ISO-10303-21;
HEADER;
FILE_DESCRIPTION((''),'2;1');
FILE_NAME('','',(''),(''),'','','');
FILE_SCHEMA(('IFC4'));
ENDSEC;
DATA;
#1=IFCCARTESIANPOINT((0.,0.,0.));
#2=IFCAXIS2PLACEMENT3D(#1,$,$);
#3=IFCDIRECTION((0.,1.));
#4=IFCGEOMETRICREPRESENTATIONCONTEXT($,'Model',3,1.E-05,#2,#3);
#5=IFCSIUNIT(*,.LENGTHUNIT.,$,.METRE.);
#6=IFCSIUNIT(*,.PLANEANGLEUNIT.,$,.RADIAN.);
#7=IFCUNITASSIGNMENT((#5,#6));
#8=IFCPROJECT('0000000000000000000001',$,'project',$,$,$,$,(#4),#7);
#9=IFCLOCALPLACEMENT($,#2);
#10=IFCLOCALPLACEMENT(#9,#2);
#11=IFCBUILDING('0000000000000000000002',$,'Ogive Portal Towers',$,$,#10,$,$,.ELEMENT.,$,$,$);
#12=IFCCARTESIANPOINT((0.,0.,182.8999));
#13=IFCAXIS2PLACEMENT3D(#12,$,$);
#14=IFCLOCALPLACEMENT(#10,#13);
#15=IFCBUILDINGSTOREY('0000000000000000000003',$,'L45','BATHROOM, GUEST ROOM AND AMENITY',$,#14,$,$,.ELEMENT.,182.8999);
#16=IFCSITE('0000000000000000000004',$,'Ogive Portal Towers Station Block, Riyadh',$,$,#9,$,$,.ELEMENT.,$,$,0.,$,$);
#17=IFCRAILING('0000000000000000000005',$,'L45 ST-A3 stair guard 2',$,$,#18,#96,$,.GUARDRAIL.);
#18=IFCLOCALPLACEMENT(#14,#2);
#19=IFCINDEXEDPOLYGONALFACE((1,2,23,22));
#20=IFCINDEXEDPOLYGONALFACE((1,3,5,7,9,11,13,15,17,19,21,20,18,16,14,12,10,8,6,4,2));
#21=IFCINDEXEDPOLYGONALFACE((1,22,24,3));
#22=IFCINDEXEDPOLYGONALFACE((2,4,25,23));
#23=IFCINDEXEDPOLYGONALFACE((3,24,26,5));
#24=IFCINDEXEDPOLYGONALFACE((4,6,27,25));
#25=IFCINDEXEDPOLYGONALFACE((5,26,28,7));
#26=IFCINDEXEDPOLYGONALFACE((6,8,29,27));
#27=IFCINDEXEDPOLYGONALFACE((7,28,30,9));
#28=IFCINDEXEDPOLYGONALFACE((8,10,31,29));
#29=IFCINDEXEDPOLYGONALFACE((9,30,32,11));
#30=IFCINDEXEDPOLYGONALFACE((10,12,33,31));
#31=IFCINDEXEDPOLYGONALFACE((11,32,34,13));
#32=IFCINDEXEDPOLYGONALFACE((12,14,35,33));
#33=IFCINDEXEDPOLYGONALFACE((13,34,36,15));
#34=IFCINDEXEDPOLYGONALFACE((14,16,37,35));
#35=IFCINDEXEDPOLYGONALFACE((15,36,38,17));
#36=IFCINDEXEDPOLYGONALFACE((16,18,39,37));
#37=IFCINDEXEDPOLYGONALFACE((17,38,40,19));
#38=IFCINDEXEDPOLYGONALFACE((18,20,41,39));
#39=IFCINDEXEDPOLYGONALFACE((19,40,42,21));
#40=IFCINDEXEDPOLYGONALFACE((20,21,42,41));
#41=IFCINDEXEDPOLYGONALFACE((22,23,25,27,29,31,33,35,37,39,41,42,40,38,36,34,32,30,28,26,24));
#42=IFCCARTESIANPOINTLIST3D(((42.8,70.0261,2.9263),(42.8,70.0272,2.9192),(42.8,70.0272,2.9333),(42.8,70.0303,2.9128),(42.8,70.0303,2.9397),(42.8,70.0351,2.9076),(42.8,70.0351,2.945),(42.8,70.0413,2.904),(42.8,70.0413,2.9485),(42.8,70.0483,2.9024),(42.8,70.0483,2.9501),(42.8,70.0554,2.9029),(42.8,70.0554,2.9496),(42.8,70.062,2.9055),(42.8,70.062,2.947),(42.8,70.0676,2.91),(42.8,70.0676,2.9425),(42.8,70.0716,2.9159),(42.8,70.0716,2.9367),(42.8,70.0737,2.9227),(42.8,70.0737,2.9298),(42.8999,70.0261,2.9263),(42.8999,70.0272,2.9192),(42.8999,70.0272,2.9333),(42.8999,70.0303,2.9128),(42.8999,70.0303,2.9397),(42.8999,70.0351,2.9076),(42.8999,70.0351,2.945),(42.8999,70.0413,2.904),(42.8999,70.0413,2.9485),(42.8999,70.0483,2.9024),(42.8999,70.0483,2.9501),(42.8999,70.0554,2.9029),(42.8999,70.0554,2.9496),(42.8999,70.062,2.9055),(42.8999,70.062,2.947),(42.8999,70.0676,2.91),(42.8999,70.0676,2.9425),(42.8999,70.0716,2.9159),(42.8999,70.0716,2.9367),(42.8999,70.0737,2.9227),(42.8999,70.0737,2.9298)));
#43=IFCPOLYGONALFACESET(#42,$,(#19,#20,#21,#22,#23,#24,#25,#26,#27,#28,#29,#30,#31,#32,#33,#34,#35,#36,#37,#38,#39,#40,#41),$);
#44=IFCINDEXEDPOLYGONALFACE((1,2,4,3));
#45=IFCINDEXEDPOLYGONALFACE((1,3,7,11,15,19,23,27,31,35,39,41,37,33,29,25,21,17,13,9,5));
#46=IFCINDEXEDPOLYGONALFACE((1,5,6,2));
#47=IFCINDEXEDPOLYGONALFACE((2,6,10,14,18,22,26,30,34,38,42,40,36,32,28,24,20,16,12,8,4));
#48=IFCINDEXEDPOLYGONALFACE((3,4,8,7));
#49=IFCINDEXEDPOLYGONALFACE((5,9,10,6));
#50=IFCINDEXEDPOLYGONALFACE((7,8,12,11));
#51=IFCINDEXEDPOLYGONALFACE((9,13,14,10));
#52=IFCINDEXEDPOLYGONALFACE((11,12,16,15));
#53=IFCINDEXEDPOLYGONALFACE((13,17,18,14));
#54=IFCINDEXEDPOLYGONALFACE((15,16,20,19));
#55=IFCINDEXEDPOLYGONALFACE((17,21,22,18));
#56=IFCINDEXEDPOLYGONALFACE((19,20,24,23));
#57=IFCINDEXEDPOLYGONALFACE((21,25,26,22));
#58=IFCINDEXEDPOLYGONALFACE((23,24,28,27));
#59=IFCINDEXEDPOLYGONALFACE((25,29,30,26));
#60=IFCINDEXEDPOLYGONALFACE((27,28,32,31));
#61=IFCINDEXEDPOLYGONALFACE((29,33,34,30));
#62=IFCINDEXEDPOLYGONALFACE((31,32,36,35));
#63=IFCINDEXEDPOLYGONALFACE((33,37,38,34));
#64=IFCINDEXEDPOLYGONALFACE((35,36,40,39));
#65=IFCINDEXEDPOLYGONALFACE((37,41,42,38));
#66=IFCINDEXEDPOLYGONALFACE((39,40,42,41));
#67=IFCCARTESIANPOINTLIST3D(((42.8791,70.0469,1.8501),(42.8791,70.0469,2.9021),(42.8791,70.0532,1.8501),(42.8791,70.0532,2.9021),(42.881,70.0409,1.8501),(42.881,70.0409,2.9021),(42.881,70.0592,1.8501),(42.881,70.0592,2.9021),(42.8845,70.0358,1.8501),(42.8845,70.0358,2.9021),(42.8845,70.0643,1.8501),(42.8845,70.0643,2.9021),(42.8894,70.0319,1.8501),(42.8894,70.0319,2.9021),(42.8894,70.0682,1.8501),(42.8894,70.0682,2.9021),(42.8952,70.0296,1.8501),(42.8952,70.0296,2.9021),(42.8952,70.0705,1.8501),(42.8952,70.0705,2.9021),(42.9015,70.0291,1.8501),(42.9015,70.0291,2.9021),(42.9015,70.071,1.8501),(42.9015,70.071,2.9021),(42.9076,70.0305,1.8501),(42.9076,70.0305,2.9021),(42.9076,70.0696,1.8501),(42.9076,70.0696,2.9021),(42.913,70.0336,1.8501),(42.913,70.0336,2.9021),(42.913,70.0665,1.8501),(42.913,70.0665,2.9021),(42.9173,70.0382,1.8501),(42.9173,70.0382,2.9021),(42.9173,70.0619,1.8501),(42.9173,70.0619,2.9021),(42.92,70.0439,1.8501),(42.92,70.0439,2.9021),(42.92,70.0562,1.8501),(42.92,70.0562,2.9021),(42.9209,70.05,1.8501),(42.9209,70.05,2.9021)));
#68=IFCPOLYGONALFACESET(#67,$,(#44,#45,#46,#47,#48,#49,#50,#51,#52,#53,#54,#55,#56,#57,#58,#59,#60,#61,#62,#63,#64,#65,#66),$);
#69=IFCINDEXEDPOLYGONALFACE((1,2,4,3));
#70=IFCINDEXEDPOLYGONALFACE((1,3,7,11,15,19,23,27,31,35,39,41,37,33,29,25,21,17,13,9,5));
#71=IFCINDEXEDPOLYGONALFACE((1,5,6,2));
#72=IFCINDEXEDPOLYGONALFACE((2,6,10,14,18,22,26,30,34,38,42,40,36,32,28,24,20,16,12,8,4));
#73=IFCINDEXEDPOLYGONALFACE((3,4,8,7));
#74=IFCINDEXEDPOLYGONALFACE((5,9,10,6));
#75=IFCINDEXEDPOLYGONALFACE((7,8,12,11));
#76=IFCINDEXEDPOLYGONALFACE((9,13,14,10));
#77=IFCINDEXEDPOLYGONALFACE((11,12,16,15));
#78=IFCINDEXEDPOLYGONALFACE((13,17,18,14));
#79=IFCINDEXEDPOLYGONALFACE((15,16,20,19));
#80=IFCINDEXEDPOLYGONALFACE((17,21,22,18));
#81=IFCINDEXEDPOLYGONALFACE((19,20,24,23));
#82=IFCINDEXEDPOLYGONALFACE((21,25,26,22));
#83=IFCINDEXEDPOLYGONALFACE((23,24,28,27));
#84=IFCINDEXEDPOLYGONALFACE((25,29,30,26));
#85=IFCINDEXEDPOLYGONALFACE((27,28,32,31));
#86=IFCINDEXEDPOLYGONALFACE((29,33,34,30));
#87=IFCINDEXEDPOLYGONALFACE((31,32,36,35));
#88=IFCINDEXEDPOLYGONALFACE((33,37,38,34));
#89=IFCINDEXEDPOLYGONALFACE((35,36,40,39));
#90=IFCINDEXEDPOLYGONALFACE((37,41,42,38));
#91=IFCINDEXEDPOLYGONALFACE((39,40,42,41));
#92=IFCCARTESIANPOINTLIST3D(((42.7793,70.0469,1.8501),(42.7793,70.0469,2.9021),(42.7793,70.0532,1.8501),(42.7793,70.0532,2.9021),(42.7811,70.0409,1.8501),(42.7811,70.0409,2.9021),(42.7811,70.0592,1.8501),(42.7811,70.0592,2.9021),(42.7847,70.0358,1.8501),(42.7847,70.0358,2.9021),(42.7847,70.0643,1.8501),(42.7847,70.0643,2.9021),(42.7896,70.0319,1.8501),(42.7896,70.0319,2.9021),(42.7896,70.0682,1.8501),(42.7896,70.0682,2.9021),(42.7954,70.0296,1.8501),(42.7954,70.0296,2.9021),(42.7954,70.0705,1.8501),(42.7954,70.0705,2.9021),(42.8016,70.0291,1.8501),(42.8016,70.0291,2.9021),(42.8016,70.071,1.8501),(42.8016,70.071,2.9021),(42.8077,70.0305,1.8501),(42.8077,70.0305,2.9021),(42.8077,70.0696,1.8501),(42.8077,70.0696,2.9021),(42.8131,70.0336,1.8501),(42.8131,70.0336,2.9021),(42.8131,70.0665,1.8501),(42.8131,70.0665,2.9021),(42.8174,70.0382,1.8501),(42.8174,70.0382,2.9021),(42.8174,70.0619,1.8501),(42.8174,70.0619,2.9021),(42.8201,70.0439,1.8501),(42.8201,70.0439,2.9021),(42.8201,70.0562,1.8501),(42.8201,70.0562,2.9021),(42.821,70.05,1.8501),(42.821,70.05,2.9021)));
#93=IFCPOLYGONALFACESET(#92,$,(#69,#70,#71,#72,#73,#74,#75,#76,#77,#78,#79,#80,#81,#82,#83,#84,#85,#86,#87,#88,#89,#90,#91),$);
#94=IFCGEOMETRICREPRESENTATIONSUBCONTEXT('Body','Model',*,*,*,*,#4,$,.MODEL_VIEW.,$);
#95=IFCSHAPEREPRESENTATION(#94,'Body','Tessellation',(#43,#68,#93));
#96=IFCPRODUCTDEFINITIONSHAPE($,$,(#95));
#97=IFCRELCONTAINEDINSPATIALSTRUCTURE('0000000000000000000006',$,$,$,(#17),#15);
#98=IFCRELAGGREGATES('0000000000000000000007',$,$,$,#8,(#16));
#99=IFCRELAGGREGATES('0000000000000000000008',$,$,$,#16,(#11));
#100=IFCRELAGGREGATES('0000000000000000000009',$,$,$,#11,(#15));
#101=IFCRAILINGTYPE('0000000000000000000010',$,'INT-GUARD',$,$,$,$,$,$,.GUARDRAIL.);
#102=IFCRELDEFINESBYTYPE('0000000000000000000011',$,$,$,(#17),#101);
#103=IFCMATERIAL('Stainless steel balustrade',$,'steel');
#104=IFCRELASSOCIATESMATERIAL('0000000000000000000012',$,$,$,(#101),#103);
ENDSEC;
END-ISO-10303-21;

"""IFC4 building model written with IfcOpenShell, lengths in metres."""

from ifc_helpers import new_model, si_unit, direction, frame, origin, origin_2d, place, context, subcontext, project, spatial, circle, extrude, material, type_object, element, save


model = new_model("IFC4")

# Units and contexts
model_context = context("Model", 3, precision=1e-05, world=origin(), true_north=direction((0.0, 1.0)))
body_context = subcontext(model_context, "Body", "Model", "MODEL_VIEW")
ifc_project = project(units=[si_unit("LENGTHUNIT", "METRE"), si_unit("PLANEANGLEUNIT", "RADIAN")], contexts=[model_context])

# Site, building, storey
site_placement = place(None, origin())
site = spatial("IfcSite", under=ifc_project, at=site_placement, Name="Ogive Portal Towers Station Block, Riyadh", CompositionType="ELEMENT", RefElevation=0.0)
building_placement = place(site_placement, origin())
building = spatial("IfcBuilding", under=site, at=building_placement, Name="Ogive Portal Towers", CompositionType="ELEMENT")
storey_placement = place(building_placement, frame((0.0, 0.0, 182.8999)))
storey = spatial("IfcBuildingStorey", under=building, at=storey_placement, Name="L45", Description="BATHROOM, GUEST ROOM AND AMENITY", CompositionType="ELEMENT", Elevation=182.8999)

# Railing
ifc_material_1 = material(Name="Stainless steel balustrade", Category="steel")
railing_type_1 = type_object("IfcRailingType", Name="INT-GUARD", PredefinedType="GUARDRAIL", material=ifc_material_1)
railing_1_placement = place(storey_placement, frame((42.8999, 70.05, 1.8501)))
element("IfcRailing", 1, at=railing_1_placement, inside=storey, type_object=railing_type_1, Name="L45 ST-A3 stair guard 2", PredefinedType="GUARDRAIL", context=body_context, shape_type="SweptSolid", body=[
    extrude(circle(Radius=0.0239, at=origin_2d()), frame((0.0, 0.0, 1.0762), z_axis=(-1.0, 0.0, 0.0), x_axis=(0.0, -1.0, 0.0)), (0.0, 0.0, 1.0), 0.0999),
    extrude(circle(Radius=0.021, at=origin_2d()), origin(), (0.0, 0.0, 1.0), 1.052),
    extrude(circle(Radius=0.021, at=origin_2d()), frame((-0.0999, 0.0, 0.0)), (0.0, 0.0, 1.0), 1.052),
])

save(model, "model.ifc")
